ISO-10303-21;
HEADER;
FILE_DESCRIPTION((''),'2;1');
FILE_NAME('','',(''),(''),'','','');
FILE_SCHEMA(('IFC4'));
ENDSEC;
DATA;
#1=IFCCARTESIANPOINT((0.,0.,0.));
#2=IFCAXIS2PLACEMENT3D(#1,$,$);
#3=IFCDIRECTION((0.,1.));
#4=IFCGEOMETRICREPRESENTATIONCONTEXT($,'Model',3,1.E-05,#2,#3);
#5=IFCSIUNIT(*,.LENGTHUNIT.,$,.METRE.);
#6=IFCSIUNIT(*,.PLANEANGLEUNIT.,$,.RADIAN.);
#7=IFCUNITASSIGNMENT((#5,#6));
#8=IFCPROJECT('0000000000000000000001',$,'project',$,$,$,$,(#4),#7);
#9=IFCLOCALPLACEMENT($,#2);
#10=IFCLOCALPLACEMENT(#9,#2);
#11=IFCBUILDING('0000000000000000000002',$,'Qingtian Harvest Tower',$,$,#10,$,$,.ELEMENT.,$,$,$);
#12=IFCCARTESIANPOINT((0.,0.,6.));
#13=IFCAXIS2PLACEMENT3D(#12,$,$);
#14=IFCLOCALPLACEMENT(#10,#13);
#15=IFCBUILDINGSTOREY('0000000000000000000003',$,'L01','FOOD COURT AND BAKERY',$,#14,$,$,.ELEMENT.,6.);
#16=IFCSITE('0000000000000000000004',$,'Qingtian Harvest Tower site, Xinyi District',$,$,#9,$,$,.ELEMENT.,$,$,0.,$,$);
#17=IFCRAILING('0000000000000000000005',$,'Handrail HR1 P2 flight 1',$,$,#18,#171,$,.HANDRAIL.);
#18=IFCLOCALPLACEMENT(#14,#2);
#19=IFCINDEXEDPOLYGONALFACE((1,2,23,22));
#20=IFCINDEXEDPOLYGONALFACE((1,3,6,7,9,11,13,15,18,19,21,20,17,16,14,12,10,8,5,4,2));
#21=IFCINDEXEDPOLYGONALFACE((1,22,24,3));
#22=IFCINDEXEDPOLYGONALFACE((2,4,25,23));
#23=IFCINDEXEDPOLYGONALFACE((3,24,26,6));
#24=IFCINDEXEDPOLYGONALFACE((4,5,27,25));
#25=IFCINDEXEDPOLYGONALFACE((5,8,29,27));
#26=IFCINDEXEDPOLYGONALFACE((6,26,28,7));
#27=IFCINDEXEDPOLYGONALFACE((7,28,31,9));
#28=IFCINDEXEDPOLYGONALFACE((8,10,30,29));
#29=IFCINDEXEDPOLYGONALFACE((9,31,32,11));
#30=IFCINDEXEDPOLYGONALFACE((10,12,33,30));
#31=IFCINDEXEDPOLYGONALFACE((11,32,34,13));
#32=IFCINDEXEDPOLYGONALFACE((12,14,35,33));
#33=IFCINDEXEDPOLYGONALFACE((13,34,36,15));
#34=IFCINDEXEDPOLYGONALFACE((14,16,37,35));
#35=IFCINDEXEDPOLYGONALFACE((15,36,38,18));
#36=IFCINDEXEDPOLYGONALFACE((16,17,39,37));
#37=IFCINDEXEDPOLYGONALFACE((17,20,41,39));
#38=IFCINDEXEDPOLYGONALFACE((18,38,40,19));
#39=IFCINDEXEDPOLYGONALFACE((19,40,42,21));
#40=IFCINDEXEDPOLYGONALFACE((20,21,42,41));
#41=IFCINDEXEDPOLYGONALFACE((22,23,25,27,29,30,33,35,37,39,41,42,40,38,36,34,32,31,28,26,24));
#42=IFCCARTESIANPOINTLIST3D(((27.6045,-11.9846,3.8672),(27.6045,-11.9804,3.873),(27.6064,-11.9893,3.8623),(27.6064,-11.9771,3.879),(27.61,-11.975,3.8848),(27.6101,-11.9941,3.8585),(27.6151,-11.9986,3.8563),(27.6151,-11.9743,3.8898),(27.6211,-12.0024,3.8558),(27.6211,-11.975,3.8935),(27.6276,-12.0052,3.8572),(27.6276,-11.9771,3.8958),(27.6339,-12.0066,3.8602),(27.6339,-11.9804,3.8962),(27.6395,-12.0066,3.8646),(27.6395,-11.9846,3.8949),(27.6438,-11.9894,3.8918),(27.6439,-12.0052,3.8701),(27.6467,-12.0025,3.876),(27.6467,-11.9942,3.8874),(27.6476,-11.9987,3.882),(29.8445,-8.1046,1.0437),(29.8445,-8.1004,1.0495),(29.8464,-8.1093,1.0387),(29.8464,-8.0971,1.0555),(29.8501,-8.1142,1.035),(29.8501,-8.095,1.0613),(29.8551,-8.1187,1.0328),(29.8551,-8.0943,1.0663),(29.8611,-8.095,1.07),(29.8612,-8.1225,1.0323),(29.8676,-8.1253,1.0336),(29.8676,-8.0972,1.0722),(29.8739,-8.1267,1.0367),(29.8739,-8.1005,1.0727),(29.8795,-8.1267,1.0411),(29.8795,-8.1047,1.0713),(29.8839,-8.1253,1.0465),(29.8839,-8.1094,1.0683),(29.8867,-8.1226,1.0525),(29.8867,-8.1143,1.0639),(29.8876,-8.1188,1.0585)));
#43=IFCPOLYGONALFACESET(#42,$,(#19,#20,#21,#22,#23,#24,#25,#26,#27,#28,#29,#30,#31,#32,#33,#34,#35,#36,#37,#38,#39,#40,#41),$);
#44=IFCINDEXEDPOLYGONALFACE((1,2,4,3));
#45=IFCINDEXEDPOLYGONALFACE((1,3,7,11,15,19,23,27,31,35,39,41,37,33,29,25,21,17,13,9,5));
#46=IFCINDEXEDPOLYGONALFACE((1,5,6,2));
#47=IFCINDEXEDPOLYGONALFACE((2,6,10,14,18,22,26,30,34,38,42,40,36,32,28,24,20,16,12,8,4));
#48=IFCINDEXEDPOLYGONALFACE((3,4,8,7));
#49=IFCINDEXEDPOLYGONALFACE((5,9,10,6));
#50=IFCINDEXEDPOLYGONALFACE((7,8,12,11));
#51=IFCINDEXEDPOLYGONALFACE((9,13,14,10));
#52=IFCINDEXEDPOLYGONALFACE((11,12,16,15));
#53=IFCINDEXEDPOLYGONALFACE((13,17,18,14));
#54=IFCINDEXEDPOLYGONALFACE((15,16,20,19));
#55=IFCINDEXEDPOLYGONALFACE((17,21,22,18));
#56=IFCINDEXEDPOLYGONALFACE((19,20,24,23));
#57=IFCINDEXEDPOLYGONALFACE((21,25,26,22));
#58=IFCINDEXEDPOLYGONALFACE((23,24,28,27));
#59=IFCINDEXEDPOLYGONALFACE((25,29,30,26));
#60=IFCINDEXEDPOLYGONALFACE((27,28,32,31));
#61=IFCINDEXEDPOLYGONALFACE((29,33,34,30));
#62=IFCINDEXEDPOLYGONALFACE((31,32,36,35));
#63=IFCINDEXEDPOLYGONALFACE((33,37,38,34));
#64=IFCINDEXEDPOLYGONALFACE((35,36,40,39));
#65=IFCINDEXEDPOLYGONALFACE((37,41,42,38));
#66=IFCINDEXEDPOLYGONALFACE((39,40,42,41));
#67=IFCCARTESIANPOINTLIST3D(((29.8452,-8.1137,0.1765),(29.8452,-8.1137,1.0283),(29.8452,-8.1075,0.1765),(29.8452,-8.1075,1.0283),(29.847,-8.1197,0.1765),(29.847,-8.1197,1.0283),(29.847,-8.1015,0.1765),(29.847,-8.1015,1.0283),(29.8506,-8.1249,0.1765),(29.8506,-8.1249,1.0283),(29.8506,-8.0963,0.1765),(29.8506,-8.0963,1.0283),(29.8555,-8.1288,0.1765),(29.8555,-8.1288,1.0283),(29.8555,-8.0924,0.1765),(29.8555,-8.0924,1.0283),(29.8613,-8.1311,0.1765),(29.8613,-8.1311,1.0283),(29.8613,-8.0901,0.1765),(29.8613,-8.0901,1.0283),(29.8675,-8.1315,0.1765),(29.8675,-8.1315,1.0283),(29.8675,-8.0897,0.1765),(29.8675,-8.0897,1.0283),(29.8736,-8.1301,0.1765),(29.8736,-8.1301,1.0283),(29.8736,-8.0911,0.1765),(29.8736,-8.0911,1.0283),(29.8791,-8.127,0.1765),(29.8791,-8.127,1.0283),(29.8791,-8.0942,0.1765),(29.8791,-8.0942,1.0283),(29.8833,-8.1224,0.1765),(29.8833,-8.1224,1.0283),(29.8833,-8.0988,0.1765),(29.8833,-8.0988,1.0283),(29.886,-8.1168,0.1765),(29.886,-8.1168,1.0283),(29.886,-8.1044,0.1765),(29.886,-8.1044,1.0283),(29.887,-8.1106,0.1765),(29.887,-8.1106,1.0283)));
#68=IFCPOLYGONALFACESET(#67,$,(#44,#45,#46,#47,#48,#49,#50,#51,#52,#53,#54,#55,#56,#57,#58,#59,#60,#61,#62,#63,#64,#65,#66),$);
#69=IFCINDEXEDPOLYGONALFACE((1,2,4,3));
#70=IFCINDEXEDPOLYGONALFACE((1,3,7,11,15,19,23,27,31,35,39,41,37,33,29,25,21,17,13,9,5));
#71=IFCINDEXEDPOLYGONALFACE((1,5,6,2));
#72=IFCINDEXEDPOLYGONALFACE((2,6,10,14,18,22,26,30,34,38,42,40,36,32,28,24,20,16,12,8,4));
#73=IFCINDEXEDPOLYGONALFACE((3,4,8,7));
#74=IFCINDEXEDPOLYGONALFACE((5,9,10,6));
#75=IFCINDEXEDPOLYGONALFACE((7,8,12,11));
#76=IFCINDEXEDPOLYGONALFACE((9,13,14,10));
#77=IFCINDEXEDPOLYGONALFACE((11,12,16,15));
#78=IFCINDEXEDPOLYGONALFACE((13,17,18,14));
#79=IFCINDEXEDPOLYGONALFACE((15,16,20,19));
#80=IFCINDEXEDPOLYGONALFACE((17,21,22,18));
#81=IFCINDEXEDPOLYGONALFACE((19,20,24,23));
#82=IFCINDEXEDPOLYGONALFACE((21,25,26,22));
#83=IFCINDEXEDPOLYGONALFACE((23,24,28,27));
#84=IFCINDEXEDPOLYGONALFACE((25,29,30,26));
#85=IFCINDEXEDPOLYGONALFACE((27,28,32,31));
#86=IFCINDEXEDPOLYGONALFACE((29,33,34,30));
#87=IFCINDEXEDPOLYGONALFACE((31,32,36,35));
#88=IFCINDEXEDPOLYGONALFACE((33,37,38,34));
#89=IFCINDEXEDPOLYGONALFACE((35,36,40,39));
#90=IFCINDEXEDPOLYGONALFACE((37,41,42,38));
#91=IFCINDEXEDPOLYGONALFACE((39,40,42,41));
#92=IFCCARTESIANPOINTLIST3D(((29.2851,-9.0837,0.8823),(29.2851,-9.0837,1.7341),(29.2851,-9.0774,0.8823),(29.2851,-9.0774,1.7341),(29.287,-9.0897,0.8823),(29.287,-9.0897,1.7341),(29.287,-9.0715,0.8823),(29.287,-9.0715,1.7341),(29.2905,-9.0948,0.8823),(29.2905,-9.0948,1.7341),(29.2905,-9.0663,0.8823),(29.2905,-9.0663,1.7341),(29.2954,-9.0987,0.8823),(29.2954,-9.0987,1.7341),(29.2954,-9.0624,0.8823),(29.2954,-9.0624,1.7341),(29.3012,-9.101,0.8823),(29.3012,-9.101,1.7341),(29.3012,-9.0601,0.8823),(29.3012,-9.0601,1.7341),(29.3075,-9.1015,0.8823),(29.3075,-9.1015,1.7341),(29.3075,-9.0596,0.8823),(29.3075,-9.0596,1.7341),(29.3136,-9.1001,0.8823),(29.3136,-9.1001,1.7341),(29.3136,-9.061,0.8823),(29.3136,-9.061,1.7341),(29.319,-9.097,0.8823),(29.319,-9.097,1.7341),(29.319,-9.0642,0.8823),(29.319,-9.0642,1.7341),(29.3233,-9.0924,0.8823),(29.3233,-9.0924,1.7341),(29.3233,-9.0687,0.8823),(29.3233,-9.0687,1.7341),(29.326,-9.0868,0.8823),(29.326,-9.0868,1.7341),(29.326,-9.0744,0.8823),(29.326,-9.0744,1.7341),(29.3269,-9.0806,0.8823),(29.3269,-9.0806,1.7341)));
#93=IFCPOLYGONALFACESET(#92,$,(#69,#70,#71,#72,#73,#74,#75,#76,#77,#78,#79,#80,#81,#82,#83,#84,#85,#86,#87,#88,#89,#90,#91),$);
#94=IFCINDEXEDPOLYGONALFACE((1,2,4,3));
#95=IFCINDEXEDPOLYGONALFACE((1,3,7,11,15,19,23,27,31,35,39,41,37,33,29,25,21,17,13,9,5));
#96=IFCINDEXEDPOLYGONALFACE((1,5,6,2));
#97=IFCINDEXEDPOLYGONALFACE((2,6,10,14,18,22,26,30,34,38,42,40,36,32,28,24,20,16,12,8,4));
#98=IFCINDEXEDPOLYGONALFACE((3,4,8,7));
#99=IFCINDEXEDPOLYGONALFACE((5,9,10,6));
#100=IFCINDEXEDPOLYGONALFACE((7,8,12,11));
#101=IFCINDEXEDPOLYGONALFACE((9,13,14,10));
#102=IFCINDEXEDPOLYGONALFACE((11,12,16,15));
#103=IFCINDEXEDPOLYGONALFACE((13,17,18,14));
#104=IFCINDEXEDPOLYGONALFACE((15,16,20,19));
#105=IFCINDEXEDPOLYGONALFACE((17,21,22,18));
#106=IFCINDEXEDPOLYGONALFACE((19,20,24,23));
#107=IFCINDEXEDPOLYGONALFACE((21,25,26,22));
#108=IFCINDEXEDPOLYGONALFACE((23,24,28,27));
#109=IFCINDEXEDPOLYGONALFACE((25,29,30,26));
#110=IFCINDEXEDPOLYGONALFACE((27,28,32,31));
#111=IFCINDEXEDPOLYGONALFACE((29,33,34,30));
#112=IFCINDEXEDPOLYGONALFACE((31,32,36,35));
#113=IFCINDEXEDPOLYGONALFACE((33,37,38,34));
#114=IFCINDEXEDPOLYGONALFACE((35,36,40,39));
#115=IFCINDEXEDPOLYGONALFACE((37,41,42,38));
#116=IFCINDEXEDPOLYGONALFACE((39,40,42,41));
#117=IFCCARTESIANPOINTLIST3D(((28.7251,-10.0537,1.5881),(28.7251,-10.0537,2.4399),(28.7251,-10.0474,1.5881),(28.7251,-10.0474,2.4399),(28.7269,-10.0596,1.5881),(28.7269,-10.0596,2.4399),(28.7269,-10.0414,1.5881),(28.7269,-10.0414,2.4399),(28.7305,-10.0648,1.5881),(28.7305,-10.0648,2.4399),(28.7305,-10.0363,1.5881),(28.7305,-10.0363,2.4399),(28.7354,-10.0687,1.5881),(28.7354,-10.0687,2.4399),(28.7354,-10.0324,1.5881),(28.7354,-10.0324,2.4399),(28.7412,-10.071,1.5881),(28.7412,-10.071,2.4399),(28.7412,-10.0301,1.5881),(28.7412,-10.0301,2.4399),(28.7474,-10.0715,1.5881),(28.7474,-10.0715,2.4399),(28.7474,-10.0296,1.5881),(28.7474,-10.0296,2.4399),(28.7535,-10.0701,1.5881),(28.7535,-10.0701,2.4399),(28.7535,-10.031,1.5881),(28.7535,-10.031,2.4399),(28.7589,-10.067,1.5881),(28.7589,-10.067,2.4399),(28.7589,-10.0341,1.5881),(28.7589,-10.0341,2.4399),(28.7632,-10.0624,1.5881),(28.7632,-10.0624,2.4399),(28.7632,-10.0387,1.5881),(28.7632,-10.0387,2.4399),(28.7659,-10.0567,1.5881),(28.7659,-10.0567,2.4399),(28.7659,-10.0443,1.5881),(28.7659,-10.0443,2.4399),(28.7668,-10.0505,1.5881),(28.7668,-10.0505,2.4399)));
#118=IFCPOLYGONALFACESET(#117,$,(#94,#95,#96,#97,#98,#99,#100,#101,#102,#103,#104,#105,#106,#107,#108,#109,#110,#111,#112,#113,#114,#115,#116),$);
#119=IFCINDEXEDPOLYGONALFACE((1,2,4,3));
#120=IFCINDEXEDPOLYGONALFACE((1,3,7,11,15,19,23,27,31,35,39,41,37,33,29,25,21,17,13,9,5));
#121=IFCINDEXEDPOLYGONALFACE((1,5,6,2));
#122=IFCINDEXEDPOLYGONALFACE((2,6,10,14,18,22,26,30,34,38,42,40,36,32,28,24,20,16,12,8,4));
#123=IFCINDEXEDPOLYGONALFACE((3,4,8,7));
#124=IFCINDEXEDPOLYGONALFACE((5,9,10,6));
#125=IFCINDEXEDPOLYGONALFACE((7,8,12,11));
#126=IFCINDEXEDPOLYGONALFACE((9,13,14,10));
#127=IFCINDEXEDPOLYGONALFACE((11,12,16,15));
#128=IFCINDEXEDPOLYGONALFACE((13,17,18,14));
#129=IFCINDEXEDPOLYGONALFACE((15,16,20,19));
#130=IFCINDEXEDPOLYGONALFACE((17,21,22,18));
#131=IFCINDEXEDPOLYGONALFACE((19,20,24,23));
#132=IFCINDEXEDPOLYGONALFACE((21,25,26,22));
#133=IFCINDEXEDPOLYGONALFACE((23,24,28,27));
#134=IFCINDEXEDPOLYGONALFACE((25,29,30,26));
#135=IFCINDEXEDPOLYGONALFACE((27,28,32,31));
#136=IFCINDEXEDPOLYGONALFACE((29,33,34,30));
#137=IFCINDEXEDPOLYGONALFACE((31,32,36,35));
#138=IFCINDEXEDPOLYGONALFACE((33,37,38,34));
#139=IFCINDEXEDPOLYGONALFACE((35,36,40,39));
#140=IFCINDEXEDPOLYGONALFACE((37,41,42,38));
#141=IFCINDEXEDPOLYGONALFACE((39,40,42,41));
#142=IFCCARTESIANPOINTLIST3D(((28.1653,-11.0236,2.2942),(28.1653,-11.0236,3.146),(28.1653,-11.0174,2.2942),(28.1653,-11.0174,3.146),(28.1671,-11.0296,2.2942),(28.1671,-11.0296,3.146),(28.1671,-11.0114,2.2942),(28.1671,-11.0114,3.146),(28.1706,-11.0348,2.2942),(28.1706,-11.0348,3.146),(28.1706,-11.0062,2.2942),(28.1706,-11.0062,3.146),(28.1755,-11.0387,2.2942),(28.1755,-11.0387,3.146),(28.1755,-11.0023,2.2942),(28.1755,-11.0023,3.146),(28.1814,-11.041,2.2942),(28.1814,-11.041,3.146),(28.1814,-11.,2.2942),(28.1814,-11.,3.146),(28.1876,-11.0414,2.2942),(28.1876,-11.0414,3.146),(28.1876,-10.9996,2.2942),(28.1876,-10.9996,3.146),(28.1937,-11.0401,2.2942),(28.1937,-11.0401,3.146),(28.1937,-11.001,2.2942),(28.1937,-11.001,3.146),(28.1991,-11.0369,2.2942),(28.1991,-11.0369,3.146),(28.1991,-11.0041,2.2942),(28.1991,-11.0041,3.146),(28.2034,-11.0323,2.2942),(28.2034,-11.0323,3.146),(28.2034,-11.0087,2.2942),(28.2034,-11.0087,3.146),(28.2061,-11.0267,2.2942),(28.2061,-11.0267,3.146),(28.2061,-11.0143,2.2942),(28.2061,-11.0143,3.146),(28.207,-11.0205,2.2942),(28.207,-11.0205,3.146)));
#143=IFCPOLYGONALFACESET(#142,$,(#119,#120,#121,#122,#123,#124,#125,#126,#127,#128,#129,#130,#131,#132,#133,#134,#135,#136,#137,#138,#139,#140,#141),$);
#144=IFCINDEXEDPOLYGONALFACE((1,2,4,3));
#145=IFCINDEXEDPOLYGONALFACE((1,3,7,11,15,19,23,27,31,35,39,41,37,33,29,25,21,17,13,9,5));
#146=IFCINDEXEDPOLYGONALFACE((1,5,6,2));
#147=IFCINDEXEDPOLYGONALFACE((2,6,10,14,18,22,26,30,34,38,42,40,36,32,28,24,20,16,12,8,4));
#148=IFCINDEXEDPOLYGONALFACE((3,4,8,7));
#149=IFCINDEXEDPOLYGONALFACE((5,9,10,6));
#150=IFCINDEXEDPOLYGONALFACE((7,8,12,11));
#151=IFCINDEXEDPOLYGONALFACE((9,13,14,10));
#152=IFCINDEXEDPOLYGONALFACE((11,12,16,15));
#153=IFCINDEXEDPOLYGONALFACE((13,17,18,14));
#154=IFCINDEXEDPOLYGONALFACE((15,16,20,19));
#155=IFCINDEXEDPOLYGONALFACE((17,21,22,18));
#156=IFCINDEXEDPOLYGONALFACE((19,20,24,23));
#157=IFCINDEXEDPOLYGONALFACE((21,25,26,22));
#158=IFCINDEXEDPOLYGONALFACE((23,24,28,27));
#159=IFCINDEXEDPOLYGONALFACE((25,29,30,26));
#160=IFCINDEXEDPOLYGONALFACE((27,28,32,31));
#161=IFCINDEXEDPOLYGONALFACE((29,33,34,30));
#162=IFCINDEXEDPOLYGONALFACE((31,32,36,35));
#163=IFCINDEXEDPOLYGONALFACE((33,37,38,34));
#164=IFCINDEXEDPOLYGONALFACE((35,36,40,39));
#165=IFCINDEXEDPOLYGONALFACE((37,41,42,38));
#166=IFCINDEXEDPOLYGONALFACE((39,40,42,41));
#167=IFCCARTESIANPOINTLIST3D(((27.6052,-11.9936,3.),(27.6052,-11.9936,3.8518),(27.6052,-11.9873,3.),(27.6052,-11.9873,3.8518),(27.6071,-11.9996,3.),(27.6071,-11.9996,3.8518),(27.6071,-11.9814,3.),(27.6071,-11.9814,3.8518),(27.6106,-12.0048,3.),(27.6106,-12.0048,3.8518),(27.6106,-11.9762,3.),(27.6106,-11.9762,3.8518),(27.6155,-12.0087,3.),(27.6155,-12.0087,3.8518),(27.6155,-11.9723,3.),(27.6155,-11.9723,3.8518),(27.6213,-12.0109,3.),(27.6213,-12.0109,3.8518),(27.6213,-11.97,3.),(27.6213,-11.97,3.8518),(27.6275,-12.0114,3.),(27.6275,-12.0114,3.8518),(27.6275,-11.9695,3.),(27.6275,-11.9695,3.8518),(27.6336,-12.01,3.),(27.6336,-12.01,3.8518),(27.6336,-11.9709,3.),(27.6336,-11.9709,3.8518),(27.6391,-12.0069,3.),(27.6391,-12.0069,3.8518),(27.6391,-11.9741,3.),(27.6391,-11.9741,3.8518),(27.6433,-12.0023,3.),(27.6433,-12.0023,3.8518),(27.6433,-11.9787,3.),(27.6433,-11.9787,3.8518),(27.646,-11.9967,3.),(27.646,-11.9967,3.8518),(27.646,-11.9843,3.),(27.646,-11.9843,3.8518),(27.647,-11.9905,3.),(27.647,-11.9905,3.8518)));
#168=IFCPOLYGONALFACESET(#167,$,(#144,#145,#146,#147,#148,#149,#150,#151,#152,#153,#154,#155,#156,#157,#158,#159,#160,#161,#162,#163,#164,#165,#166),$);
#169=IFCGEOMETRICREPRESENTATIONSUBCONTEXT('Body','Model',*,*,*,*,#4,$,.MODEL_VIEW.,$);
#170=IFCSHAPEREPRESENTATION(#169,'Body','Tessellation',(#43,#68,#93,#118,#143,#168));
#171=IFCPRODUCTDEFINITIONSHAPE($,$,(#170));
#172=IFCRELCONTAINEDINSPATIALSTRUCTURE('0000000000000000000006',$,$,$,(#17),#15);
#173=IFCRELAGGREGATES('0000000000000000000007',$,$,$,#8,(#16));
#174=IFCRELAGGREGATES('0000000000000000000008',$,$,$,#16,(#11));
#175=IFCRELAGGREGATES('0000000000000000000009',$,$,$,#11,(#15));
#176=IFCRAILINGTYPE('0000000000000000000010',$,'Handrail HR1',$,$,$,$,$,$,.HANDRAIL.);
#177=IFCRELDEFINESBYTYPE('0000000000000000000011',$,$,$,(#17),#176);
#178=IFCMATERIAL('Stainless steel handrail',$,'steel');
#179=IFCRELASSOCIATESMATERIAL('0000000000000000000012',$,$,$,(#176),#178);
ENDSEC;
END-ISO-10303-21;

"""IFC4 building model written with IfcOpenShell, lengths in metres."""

from ifc_helpers import new_model, si_unit, direction, frame, origin, origin_2d, place, context, subcontext, project, spatial, circle, extrude, material, type_object, element, save


model = new_model("IFC4")

# Units and contexts
model_context = context("Model", 3, precision=1e-05, world=origin(), true_north=direction((0.0, 1.0)))
body_context = subcontext(model_context, "Body", "Model", "MODEL_VIEW")
ifc_project = project(units=[si_unit("LENGTHUNIT", "METRE"), si_unit("PLANEANGLEUNIT", "RADIAN")], contexts=[model_context])

# Site, building, storey
site_placement = place(None, origin())
site = spatial("IfcSite", under=ifc_project, at=site_placement, Name="Qingtian Harvest Tower site, Xinyi District", CompositionType="ELEMENT", RefElevation=0.0)
building_placement = place(site_placement, origin())
building = spatial("IfcBuilding", under=site, at=building_placement, Name="Qingtian Harvest Tower", CompositionType="ELEMENT")
storey_placement = place(building_placement, frame((0.0, 0.0, 6.0)))
storey = spatial("IfcBuildingStorey", under=building, at=storey_placement, Name="L01", Description="FOOD COURT AND BAKERY", CompositionType="ELEMENT", Elevation=6.0)

# Railing
ifc_material_1 = material(Name="Stainless steel handrail", Category="steel")
railing_type = type_object("IfcRailingType", Name="Handrail HR1", PredefinedType="HANDRAIL", material=ifc_material_1)
railing_1_placement = place(storey_placement, frame((29.866, -8.1106, 0.1765)))
element("IfcRailing", 1, at=railing_1_placement, inside=storey, type_object=railing_type, Name="Handrail HR1 P2 flight 1", PredefinedType="HANDRAIL", context=body_context, shape_type="SweptSolid", body=[
    extrude(circle(Radius=0.0239, at=origin_2d()), frame((0.0, 0.0, 0.876), z_axis=(-0.422993, -0.732665, 0.533178), x_axis=(0.866031, -0.49999, 0.0)), (0.0, 0.0, 1.0), 5.2957),
    extrude(circle(Radius=0.021, at=origin_2d()), origin(), (0.0, 0.0, 1.0), 0.8518),
    extrude(circle(Radius=0.021, at=origin_2d()), frame((-0.5601, -0.97, 0.7058)), (0.0, 0.0, 1.0), 0.8518),
    extrude(circle(Radius=0.021, at=origin_2d()), frame((-1.1201, -1.9399, 1.4116)), (0.0, 0.0, 1.0), 0.8518),
    extrude(circle(Radius=0.021, at=origin_2d()), frame((-1.6799, -2.9099, 2.1177)), (0.0, 0.0, 1.0), 0.8518),
    extrude(circle(Radius=0.021, at=origin_2d()), frame((-2.24, -3.8799, 2.8235)), (0.0, 0.0, 1.0), 0.8518),
])

save(model, "model.ifc")
